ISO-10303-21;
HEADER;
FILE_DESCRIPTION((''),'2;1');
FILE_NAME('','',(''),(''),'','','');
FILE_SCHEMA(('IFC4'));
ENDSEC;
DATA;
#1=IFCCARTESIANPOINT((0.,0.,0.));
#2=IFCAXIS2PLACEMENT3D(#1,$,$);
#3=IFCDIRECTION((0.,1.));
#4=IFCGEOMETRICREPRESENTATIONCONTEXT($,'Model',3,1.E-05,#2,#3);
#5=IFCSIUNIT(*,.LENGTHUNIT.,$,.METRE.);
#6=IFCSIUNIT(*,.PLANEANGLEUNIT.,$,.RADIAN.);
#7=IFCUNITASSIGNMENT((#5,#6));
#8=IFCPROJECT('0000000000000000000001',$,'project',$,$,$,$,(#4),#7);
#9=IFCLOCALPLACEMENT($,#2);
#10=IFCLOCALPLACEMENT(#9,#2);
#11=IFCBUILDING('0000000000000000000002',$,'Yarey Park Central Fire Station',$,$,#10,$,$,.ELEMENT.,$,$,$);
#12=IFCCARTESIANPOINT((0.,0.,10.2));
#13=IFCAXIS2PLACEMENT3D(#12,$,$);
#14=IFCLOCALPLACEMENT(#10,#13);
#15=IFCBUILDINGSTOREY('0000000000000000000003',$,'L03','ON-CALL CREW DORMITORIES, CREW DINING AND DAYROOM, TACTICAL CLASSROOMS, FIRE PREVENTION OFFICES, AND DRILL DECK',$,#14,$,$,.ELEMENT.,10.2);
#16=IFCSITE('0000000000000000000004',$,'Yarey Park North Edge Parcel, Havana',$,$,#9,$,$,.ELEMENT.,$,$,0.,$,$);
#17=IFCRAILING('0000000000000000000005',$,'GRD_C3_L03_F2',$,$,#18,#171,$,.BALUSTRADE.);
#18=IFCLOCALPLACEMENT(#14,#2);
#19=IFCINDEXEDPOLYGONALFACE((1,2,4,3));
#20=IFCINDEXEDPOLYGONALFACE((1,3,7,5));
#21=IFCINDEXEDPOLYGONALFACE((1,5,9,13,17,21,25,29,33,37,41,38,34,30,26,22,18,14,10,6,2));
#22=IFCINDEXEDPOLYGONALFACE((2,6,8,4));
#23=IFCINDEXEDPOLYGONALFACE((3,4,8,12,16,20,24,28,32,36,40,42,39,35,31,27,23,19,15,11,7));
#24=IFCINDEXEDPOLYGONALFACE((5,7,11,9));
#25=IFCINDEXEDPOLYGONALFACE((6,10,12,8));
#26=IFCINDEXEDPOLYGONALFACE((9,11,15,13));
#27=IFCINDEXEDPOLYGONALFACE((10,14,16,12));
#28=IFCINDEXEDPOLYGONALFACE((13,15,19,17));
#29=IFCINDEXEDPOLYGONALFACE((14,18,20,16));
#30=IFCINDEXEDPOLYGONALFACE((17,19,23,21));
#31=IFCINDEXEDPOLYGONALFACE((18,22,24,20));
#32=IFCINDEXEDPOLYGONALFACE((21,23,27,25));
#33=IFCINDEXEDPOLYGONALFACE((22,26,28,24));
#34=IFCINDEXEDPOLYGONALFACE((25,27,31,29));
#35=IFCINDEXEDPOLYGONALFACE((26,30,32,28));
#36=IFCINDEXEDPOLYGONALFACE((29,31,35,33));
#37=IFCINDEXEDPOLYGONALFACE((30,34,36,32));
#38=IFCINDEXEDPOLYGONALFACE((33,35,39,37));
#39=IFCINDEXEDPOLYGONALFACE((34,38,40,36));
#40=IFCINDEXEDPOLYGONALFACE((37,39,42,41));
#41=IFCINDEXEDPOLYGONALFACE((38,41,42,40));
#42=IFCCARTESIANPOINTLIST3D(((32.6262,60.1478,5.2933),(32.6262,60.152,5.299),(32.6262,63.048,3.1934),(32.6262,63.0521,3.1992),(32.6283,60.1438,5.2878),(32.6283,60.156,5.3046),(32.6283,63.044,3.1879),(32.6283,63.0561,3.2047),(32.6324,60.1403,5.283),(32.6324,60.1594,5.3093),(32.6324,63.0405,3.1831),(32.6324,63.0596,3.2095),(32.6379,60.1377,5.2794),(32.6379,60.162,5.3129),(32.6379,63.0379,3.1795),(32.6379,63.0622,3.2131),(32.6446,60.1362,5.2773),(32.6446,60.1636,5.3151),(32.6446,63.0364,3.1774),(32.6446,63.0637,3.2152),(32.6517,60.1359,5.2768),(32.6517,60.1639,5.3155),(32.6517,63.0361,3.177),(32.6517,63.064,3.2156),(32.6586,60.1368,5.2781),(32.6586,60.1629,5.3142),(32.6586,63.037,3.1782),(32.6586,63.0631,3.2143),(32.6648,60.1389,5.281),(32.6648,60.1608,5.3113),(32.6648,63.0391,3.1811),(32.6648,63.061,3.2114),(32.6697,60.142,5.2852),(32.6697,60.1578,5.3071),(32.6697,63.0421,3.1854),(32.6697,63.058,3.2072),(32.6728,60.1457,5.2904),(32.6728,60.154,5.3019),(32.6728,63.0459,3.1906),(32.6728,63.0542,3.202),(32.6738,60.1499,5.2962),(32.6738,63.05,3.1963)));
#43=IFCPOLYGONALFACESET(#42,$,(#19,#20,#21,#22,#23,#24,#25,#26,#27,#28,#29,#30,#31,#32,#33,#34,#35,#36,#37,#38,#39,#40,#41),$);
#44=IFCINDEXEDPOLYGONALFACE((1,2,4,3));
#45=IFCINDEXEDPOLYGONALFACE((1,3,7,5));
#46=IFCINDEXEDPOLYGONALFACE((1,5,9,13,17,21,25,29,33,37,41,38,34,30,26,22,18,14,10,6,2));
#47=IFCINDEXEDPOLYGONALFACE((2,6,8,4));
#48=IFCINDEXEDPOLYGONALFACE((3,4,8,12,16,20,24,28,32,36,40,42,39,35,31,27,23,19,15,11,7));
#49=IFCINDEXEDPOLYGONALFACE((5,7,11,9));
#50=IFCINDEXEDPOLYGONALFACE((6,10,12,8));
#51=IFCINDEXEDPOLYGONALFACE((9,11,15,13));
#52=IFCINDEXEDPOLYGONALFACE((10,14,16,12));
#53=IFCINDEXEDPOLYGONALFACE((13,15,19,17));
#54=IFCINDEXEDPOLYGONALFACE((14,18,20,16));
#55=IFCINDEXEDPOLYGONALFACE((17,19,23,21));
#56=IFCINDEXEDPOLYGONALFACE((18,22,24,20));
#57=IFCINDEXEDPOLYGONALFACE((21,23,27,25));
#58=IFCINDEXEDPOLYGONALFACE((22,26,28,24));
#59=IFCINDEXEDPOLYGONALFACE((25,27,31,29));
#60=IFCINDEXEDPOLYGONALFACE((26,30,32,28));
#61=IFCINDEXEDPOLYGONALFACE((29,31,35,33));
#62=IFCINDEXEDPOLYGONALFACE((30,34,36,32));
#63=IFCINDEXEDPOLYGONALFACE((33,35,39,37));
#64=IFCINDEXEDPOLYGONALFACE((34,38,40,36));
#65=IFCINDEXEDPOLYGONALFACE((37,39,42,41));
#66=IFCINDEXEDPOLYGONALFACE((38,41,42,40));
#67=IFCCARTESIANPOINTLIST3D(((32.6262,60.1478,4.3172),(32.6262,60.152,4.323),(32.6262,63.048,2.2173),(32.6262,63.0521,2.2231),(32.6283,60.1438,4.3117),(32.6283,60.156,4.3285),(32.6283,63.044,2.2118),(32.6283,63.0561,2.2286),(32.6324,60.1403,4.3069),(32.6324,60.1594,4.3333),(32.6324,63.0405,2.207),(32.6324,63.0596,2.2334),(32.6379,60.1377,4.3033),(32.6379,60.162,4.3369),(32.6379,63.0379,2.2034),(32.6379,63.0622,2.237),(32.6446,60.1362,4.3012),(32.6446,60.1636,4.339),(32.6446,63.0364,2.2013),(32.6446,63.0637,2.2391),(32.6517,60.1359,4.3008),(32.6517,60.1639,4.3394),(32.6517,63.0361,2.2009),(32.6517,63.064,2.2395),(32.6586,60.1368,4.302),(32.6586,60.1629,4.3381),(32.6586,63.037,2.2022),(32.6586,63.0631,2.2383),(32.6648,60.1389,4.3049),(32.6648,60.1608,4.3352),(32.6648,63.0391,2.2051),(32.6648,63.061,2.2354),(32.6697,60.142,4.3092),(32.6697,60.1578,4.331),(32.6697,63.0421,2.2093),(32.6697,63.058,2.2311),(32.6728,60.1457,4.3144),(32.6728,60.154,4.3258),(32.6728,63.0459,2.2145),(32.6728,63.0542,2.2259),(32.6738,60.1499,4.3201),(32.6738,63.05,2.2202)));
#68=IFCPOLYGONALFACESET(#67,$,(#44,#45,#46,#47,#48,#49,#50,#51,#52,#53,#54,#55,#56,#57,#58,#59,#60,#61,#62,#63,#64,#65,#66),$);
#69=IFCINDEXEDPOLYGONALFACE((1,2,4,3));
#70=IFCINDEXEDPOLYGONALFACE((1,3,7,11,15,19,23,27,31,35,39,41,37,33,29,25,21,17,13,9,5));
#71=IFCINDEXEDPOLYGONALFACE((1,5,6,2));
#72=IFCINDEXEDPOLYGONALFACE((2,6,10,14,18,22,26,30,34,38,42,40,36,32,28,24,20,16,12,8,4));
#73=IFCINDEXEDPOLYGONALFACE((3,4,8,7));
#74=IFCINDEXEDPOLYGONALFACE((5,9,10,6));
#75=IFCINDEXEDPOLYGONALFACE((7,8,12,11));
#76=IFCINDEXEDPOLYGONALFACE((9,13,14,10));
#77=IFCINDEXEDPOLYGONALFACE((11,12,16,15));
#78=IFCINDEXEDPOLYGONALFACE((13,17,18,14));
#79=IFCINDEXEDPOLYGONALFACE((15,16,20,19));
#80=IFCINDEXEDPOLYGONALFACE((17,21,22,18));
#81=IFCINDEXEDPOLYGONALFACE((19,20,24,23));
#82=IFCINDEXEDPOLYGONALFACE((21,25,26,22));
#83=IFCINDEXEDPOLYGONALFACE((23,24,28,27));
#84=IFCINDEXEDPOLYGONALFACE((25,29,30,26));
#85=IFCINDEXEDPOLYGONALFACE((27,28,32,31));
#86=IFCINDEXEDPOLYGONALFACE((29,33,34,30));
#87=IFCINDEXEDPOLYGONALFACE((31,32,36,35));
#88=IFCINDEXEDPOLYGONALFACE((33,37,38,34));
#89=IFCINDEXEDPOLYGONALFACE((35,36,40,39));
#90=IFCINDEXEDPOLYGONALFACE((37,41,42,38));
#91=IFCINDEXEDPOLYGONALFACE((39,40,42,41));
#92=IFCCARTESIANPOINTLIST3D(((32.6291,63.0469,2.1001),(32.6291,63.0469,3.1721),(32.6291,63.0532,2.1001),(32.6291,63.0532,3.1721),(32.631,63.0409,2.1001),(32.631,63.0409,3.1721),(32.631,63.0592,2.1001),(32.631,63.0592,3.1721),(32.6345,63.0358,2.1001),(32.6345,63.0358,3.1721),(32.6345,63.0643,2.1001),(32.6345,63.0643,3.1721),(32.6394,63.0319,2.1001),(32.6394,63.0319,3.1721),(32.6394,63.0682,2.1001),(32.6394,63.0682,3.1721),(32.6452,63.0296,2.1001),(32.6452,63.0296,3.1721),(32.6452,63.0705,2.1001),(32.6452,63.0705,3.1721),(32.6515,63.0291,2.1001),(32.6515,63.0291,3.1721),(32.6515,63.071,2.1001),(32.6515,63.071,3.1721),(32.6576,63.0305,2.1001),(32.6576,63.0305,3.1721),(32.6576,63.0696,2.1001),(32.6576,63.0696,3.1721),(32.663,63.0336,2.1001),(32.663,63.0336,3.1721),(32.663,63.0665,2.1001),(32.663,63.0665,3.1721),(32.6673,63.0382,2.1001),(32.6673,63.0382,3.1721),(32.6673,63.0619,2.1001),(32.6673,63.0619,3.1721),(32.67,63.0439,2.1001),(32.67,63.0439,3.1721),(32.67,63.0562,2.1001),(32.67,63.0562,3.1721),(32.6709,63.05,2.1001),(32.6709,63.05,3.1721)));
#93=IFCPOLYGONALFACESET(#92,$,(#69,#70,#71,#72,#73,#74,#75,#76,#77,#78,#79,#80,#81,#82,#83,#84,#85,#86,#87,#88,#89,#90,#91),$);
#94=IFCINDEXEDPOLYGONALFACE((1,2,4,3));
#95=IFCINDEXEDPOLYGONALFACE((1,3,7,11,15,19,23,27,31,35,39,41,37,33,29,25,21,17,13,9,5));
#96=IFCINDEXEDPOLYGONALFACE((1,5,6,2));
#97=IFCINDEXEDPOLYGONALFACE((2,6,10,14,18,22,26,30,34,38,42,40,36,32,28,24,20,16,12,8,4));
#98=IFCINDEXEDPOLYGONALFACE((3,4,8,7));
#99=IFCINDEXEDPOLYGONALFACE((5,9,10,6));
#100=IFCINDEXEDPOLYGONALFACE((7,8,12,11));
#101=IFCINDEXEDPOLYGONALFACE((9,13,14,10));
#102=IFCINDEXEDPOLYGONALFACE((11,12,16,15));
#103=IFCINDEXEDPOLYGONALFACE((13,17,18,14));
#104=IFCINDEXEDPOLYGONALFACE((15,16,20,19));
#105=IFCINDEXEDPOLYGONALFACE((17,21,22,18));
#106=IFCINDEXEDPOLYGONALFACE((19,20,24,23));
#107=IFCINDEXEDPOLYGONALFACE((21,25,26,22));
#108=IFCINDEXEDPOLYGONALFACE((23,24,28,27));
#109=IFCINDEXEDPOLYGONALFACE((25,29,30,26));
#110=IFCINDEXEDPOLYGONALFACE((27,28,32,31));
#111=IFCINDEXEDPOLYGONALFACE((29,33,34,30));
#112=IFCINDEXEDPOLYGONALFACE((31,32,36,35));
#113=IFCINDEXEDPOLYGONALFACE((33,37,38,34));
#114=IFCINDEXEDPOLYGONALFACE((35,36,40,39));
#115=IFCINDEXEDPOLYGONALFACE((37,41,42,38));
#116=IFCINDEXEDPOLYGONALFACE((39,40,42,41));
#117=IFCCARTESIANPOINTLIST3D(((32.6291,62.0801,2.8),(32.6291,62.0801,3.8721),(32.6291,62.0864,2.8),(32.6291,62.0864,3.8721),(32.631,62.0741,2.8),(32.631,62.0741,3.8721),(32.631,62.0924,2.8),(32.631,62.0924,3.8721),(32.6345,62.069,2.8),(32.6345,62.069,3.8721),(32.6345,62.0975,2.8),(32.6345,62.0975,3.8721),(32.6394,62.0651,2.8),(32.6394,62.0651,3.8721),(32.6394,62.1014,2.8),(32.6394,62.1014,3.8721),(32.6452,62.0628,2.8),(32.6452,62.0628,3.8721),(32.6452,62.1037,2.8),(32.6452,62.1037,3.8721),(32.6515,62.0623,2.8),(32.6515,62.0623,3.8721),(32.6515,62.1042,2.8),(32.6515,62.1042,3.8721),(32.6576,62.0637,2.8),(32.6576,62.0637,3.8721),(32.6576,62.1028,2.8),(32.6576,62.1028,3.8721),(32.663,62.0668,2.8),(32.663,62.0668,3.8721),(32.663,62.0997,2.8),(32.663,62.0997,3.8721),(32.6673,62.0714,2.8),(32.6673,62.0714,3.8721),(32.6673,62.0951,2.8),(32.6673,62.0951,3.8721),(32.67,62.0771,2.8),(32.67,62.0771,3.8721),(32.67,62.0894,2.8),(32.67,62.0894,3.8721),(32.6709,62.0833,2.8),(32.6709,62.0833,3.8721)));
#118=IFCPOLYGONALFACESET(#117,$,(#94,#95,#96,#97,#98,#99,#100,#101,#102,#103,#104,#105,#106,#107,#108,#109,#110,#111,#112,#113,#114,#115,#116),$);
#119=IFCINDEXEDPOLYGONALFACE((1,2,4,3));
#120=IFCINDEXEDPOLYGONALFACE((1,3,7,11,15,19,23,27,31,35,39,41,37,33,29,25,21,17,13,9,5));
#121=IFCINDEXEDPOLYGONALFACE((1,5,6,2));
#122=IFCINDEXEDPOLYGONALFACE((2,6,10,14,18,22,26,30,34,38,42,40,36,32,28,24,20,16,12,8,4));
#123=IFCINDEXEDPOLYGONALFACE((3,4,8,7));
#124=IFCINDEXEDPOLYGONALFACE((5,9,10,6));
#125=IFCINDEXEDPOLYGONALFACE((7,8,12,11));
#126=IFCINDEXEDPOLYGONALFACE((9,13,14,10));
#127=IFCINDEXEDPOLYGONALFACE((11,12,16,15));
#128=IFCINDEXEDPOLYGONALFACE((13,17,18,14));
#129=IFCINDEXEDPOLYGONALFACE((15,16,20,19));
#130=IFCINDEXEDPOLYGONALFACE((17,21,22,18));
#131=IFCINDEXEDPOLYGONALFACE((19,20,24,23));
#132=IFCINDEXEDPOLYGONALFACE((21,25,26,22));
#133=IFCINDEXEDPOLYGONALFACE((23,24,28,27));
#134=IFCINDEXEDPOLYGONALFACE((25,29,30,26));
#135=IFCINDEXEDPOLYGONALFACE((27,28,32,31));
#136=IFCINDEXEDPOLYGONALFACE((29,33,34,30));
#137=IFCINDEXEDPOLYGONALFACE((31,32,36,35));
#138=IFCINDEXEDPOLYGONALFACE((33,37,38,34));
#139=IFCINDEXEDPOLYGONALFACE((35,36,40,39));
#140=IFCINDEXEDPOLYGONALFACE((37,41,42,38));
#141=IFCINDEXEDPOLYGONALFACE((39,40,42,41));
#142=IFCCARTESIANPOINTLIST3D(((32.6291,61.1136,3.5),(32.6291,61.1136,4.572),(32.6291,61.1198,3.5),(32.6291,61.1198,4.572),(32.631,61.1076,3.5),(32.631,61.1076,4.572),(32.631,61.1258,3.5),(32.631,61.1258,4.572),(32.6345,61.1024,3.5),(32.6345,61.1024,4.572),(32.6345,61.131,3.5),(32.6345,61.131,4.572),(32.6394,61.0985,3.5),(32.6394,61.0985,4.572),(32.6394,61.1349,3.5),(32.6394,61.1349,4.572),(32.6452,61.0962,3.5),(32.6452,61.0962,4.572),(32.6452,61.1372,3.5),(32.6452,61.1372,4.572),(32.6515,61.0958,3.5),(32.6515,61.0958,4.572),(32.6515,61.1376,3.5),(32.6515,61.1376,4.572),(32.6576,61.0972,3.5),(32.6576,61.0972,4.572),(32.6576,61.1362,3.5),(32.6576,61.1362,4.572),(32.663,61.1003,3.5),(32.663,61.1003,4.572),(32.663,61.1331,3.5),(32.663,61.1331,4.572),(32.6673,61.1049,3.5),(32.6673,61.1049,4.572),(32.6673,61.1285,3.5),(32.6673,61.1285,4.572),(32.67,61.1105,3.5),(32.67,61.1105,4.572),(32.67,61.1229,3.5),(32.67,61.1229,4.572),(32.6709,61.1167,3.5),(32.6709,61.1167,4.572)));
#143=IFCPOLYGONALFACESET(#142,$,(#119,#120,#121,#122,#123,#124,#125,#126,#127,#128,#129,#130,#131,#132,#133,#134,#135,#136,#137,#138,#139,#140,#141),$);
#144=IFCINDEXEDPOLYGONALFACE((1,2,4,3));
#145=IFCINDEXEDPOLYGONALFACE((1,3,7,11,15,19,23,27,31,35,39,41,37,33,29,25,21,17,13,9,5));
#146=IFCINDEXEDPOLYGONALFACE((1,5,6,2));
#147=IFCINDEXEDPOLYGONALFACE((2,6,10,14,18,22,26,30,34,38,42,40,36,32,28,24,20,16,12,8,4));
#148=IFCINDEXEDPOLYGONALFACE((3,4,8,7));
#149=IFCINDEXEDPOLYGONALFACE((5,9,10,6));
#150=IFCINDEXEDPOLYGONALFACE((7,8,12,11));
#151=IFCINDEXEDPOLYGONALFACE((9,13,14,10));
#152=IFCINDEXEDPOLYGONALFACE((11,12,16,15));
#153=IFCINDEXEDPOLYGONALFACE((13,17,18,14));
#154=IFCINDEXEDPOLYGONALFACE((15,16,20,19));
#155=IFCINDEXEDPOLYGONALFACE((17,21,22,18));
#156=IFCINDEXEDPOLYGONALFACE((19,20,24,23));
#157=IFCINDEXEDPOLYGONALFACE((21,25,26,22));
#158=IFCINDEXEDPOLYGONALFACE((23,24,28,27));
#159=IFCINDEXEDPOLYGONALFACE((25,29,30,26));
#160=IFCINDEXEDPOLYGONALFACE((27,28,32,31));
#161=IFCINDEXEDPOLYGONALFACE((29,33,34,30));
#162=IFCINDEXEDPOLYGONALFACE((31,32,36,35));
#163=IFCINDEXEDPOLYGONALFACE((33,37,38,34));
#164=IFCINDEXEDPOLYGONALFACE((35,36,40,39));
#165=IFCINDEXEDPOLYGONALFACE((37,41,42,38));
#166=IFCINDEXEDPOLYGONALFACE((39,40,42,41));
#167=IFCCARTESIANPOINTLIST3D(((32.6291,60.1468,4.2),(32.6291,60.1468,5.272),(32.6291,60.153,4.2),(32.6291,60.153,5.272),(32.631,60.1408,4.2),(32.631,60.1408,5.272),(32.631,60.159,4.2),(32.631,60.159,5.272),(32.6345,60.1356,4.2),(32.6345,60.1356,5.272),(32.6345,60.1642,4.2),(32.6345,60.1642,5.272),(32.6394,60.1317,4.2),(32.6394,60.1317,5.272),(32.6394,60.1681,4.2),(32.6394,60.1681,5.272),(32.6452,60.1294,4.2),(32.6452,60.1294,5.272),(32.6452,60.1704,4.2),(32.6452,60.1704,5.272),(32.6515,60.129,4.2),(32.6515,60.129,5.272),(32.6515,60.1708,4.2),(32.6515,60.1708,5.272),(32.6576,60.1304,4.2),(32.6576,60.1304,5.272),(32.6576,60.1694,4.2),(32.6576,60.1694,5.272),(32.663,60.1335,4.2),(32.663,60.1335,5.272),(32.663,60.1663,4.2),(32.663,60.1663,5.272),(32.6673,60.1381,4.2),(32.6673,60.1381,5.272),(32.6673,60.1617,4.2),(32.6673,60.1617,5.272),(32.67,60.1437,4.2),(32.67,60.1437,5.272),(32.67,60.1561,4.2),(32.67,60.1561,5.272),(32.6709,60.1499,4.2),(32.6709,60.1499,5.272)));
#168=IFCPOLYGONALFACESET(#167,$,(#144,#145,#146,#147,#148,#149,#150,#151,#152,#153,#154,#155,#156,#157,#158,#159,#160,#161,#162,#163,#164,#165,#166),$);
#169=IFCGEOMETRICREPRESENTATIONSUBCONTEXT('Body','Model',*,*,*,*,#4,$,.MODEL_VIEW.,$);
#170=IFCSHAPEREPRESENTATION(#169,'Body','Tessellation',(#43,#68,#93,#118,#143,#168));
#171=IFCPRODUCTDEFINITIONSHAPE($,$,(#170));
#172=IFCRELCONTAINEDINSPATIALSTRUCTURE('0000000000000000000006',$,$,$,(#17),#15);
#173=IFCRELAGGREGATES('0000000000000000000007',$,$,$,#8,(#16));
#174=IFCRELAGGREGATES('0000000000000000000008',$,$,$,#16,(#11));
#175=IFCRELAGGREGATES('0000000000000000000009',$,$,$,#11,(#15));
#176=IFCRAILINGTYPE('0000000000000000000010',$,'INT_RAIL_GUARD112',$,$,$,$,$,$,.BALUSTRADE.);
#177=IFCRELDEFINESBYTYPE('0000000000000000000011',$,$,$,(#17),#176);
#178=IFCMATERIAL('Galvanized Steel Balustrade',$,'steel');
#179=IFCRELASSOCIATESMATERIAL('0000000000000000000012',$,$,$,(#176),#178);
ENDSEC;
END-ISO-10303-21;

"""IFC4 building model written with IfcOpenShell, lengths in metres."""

from ifc_helpers import new_model, si_unit, direction, frame, origin, origin_2d, place, context, subcontext, project, spatial, circle, extrude, material, type_object, element, save


model = new_model("IFC4")

# Units and contexts
model_context = context("Model", 3, precision=1e-05, world=origin(), true_north=direction((0.0, 1.0)))
body_context = subcontext(model_context, "Body", "Model", "MODEL_VIEW")
ifc_project = project(units=[si_unit("LENGTHUNIT", "METRE"), si_unit("PLANEANGLEUNIT", "RADIAN")], contexts=[model_context])

# Site, building, storey
site_placement = place(None, origin())
site = spatial("IfcSite", under=ifc_project, at=site_placement, Name="Yarey Park North Edge Parcel, Havana", CompositionType="ELEMENT", RefElevation=0.0)
building_placement = place(site_placement, origin())
building = spatial("IfcBuilding", under=site, at=building_placement, Name="Yarey Park Central Fire Station", CompositionType="ELEMENT")
storey_placement = place(building_placement, frame((0.0, 0.0, 10.2)))
storey = spatial("IfcBuildingStorey", under=building, at=storey_placement, Name="L03", Description="ON-CALL CREW DORMITORIES, CREW DINING AND DAYROOM, TACTICAL CLASSROOMS, FIRE PREVENTION OFFICES, AND DRILL DECK", CompositionType="ELEMENT", Elevation=10.2)

# Railing
ifc_material_1 = material(Name="Galvanized Steel Balustrade", Category="steel")
railing_type_1 = type_object("IfcRailingType", Name="INT_RAIL_GUARD112", PredefinedType="BALUSTRADE", material=ifc_material_1)
railing_1_placement = place(storey_placement, frame((32.6499, 63.05, 2.1001)))
element("IfcRailing", 1, at=railing_1_placement, inside=storey, type_object=railing_type_1, Name="GRD_C3_L03_F2", PredefinedType="BALUSTRADE", context=body_context, shape_type="SweptSolid", body=[
    extrude(circle(Radius=0.0239, at=origin_2d()), frame((0.0, 0.0, 1.0962), z_axis=(0.0, -0.809976, 0.586464), x_axis=(1.0, 0.0, 0.0)), (0.0, 0.0, 1.0), 3.5806),
    extrude(circle(Radius=0.0239, at=origin_2d()), frame((0.0, 0.0, 0.1201), z_axis=(0.0, -0.809976, 0.586464), x_axis=(1.0, 0.0, 0.0)), (0.0, 0.0, 1.0), 3.5806),
    extrude(circle(Radius=0.021, at=origin_2d()), origin(), (0.0, 0.0, 1.0), 1.072),
    extrude(circle(Radius=0.021, at=origin_2d()), frame((0.0, -0.9668, 0.7)), (0.0, 0.0, 1.0), 1.072),
    extrude(circle(Radius=0.021, at=origin_2d()), frame((0.0, -1.9333, 1.3999)), (0.0, 0.0, 1.0), 1.072),
    extrude(circle(Radius=0.021, at=origin_2d()), frame((0.0, -2.9001, 2.0999)), (0.0, 0.0, 1.0), 1.072),
])

save(model, "model.ifc")
